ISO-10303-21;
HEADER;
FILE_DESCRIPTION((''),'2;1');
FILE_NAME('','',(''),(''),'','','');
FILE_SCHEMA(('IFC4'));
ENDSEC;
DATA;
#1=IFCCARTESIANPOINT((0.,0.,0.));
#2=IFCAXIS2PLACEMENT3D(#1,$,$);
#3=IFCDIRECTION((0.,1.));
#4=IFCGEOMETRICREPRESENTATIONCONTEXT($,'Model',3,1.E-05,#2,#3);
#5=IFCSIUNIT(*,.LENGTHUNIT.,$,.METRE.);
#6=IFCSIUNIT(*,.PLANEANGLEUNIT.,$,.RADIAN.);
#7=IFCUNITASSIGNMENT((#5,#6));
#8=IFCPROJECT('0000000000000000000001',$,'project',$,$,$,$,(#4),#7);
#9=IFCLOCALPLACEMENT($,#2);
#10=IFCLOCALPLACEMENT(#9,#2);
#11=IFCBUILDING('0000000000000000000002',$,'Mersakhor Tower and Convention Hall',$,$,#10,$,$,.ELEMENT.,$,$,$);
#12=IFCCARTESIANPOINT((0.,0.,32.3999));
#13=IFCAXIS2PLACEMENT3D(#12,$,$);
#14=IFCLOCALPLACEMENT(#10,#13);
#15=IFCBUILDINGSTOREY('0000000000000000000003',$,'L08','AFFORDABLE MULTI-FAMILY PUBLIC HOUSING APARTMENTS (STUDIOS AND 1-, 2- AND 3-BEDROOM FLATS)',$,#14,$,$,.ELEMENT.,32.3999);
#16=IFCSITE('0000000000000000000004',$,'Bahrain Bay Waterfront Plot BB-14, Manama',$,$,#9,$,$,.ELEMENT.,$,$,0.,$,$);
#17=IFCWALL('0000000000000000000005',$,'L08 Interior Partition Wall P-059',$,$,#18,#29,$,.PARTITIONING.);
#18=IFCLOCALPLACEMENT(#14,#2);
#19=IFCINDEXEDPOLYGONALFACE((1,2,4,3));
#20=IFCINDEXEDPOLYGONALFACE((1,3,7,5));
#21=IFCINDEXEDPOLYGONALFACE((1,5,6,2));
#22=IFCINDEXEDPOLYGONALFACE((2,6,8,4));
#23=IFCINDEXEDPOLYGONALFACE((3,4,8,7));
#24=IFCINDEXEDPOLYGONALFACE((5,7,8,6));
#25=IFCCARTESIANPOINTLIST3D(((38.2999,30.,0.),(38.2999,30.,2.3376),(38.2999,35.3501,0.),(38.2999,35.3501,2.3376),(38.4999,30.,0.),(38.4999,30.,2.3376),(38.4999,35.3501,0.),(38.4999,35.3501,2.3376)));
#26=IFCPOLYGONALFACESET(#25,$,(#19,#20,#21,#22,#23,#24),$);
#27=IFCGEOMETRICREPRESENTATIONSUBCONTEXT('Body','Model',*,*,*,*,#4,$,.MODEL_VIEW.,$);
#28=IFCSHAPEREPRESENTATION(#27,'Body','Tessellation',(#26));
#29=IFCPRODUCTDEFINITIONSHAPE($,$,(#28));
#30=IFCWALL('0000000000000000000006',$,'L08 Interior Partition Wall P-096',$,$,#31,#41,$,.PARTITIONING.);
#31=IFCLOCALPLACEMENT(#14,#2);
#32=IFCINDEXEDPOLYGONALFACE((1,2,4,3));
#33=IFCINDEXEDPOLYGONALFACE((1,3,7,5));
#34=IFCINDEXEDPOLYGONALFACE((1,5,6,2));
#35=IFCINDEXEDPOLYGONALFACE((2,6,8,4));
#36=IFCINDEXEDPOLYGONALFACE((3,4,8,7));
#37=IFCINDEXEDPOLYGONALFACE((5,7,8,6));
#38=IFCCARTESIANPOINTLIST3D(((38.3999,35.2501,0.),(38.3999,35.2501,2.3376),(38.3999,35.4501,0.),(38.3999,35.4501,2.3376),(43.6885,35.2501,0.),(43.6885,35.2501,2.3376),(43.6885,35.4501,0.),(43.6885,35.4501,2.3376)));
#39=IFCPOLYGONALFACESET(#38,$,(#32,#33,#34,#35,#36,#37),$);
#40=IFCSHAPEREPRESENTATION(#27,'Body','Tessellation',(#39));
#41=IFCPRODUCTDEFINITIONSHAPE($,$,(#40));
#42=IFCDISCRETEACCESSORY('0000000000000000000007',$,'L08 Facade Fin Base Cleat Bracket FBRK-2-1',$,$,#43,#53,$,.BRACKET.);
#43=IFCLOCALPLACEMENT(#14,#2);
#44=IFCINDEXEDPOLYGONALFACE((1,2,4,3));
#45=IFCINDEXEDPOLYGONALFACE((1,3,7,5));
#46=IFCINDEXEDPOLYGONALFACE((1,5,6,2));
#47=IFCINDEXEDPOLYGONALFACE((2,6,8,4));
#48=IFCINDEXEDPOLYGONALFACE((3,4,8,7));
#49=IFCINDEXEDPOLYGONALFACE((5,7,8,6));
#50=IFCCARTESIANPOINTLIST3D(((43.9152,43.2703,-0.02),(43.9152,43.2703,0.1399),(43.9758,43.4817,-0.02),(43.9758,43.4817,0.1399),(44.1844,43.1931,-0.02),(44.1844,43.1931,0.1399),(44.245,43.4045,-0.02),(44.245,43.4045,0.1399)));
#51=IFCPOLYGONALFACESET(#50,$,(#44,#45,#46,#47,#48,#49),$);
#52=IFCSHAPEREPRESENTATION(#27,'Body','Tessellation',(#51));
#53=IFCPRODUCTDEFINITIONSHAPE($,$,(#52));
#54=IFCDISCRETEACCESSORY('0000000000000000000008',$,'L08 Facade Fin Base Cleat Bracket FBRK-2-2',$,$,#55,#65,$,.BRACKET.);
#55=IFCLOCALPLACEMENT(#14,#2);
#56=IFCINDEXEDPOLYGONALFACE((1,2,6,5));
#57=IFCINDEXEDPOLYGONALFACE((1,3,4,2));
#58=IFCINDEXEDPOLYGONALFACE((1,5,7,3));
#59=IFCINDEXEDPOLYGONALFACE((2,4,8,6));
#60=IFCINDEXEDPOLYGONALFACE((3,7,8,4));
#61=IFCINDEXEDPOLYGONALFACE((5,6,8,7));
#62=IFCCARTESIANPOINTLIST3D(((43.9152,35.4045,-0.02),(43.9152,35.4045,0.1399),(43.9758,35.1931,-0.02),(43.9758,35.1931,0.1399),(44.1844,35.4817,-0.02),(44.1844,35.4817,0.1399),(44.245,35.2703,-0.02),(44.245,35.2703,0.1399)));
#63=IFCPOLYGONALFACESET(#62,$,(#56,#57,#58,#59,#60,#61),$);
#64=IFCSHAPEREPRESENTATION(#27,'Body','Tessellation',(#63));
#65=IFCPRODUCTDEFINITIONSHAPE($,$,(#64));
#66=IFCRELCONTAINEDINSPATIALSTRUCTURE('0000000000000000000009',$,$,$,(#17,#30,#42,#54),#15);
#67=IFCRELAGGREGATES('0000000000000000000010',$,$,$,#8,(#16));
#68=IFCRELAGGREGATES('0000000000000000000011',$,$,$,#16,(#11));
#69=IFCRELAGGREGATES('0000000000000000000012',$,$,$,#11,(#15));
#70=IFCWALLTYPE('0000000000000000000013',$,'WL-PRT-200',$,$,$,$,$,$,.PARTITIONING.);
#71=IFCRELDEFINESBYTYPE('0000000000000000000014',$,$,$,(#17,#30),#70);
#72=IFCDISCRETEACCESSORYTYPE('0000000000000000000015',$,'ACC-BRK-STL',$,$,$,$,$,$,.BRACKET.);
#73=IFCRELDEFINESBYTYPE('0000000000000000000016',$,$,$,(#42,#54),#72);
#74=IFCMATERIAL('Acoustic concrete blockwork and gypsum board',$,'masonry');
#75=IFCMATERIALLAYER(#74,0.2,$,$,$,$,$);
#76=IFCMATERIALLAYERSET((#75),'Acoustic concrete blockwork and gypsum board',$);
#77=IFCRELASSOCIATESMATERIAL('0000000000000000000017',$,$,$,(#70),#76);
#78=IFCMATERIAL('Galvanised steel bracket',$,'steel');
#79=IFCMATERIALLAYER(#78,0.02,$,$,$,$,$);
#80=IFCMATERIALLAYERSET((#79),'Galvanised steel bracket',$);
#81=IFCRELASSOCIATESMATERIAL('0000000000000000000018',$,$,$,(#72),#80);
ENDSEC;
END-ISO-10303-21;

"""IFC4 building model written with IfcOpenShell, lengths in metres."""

from ifc_helpers import new_model, si_unit, direction, frame, frame_2d, origin, origin_2d, place, context, subcontext, project, spatial, rectangle, extrude, material, layer, layer_set, type_object, element, save


model = new_model("IFC4")

# Units and contexts
model_context = context("Model", 3, precision=1e-05, world=origin(), true_north=direction((0.0, 1.0)))
body_context = subcontext(model_context, "Body", "Model", "MODEL_VIEW")
ifc_project = project(units=[si_unit("LENGTHUNIT", "METRE"), si_unit("PLANEANGLEUNIT", "RADIAN")], contexts=[model_context])

# Site, building, storey
site_placement = place(None, origin())
site = spatial("IfcSite", under=ifc_project, at=site_placement, Name="Bahrain Bay Waterfront Plot BB-14, Manama", CompositionType="ELEMENT", RefElevation=0.0)
building_placement = place(site_placement, origin())
building = spatial("IfcBuilding", under=site, at=building_placement, Name="Mersakhor Tower and Convention Hall", CompositionType="ELEMENT")
storey_placement = place(building_placement, frame((0.0, 0.0, 32.3999)))
storey = spatial("IfcBuildingStorey", under=building, at=storey_placement, Name="L08", Description="AFFORDABLE MULTI-FAMILY PUBLIC HOUSING APARTMENTS (STUDIOS AND 1-, 2- AND 3-BEDROOM FLATS)", CompositionType="ELEMENT", Elevation=32.3999)

# Walls
ifc_material_1 = material(Name="Acoustic concrete blockwork and gypsum board", Category="masonry")
ifc_layer_1 = layer(ifc_material_1, 0.2)
ifc_layer_set_1 = layer_set([ifc_layer_1], Name="Acoustic concrete blockwork and gypsum board")
wall_type_1 = type_object("IfcWallType", Name="WL-PRT-200", PredefinedType="PARTITIONING", material=ifc_layer_set_1)
wall_1_placement = place(storey_placement, frame((38.3999, 35.3501, 0.0), z_axis=(0.0, 0.0, 1.0), x_axis=(0.0, -1.0, 0.0)))
element("IfcWall", 1, at=wall_1_placement, inside=storey, type_object=wall_type_1, Name="L08 Interior Partition Wall P-059", PredefinedType="PARTITIONING", context=body_context, shape_type="SweptSolid", body=[
    extrude(rectangle(XDim=5.3501, YDim=0.2, at=frame_2d((2.675, 0.0))), origin(), (0.0, 0.0, 1.0), 2.3376),
])
wall_2_placement = place(storey_placement, frame((43.6885, 35.3501, 0.0), z_axis=(0.0, 0.0, 1.0), x_axis=(-1.0, 0.0, 0.0)))
element("IfcWall", 2, at=wall_2_placement, inside=storey, type_object=wall_type_1, Name="L08 Interior Partition Wall P-096", PredefinedType="PARTITIONING", context=body_context, shape_type="SweptSolid", body=[
    extrude(rectangle(XDim=5.2886, YDim=0.2, at=frame_2d((2.6443, 0.0))), origin(), (0.0, 0.0, 1.0), 2.3376),
])

# Discrete accessories
ifc_material_2 = material(Name="Galvanised steel bracket", Category="steel")
ifc_layer_2 = layer(ifc_material_2, 0.02)
ifc_layer_set_2 = layer_set([ifc_layer_2], Name="Galvanised steel bracket")
discrete_accessory_type = type_object("IfcDiscreteAccessoryType", Name="ACC-BRK-STL", PredefinedType="BRACKET", material=ifc_layer_set_2)
for number, where, z_axis, x_axis, name in (
    (3, (44.0801, 43.3374, -0.02), (0.0, 0.0, 1.0), (0.961262, -0.275637, 0.0), "L08 Facade Fin Base Cleat Bracket FBRK-2-1"),
    (4, (44.0801, 35.3374, -0.02), (0.0, 0.0, 1.0), (0.961262, 0.275637, 0.0), "L08 Facade Fin Base Cleat Bracket FBRK-2-2"),
):
    element("IfcDiscreteAccessory", number, at=place(storey_placement, frame(where, z_axis=z_axis, x_axis=x_axis)), inside=storey, type_object=discrete_accessory_type, Name=name, PredefinedType="BRACKET", context=body_context, shape_type="SweptSolid", body=[
        extrude(rectangle(XDim=0.28, YDim=0.22, at=origin_2d()), origin(), (0.0, 0.0, 1.0), 0.1599),
    ])

save(model, "model.ifc")
